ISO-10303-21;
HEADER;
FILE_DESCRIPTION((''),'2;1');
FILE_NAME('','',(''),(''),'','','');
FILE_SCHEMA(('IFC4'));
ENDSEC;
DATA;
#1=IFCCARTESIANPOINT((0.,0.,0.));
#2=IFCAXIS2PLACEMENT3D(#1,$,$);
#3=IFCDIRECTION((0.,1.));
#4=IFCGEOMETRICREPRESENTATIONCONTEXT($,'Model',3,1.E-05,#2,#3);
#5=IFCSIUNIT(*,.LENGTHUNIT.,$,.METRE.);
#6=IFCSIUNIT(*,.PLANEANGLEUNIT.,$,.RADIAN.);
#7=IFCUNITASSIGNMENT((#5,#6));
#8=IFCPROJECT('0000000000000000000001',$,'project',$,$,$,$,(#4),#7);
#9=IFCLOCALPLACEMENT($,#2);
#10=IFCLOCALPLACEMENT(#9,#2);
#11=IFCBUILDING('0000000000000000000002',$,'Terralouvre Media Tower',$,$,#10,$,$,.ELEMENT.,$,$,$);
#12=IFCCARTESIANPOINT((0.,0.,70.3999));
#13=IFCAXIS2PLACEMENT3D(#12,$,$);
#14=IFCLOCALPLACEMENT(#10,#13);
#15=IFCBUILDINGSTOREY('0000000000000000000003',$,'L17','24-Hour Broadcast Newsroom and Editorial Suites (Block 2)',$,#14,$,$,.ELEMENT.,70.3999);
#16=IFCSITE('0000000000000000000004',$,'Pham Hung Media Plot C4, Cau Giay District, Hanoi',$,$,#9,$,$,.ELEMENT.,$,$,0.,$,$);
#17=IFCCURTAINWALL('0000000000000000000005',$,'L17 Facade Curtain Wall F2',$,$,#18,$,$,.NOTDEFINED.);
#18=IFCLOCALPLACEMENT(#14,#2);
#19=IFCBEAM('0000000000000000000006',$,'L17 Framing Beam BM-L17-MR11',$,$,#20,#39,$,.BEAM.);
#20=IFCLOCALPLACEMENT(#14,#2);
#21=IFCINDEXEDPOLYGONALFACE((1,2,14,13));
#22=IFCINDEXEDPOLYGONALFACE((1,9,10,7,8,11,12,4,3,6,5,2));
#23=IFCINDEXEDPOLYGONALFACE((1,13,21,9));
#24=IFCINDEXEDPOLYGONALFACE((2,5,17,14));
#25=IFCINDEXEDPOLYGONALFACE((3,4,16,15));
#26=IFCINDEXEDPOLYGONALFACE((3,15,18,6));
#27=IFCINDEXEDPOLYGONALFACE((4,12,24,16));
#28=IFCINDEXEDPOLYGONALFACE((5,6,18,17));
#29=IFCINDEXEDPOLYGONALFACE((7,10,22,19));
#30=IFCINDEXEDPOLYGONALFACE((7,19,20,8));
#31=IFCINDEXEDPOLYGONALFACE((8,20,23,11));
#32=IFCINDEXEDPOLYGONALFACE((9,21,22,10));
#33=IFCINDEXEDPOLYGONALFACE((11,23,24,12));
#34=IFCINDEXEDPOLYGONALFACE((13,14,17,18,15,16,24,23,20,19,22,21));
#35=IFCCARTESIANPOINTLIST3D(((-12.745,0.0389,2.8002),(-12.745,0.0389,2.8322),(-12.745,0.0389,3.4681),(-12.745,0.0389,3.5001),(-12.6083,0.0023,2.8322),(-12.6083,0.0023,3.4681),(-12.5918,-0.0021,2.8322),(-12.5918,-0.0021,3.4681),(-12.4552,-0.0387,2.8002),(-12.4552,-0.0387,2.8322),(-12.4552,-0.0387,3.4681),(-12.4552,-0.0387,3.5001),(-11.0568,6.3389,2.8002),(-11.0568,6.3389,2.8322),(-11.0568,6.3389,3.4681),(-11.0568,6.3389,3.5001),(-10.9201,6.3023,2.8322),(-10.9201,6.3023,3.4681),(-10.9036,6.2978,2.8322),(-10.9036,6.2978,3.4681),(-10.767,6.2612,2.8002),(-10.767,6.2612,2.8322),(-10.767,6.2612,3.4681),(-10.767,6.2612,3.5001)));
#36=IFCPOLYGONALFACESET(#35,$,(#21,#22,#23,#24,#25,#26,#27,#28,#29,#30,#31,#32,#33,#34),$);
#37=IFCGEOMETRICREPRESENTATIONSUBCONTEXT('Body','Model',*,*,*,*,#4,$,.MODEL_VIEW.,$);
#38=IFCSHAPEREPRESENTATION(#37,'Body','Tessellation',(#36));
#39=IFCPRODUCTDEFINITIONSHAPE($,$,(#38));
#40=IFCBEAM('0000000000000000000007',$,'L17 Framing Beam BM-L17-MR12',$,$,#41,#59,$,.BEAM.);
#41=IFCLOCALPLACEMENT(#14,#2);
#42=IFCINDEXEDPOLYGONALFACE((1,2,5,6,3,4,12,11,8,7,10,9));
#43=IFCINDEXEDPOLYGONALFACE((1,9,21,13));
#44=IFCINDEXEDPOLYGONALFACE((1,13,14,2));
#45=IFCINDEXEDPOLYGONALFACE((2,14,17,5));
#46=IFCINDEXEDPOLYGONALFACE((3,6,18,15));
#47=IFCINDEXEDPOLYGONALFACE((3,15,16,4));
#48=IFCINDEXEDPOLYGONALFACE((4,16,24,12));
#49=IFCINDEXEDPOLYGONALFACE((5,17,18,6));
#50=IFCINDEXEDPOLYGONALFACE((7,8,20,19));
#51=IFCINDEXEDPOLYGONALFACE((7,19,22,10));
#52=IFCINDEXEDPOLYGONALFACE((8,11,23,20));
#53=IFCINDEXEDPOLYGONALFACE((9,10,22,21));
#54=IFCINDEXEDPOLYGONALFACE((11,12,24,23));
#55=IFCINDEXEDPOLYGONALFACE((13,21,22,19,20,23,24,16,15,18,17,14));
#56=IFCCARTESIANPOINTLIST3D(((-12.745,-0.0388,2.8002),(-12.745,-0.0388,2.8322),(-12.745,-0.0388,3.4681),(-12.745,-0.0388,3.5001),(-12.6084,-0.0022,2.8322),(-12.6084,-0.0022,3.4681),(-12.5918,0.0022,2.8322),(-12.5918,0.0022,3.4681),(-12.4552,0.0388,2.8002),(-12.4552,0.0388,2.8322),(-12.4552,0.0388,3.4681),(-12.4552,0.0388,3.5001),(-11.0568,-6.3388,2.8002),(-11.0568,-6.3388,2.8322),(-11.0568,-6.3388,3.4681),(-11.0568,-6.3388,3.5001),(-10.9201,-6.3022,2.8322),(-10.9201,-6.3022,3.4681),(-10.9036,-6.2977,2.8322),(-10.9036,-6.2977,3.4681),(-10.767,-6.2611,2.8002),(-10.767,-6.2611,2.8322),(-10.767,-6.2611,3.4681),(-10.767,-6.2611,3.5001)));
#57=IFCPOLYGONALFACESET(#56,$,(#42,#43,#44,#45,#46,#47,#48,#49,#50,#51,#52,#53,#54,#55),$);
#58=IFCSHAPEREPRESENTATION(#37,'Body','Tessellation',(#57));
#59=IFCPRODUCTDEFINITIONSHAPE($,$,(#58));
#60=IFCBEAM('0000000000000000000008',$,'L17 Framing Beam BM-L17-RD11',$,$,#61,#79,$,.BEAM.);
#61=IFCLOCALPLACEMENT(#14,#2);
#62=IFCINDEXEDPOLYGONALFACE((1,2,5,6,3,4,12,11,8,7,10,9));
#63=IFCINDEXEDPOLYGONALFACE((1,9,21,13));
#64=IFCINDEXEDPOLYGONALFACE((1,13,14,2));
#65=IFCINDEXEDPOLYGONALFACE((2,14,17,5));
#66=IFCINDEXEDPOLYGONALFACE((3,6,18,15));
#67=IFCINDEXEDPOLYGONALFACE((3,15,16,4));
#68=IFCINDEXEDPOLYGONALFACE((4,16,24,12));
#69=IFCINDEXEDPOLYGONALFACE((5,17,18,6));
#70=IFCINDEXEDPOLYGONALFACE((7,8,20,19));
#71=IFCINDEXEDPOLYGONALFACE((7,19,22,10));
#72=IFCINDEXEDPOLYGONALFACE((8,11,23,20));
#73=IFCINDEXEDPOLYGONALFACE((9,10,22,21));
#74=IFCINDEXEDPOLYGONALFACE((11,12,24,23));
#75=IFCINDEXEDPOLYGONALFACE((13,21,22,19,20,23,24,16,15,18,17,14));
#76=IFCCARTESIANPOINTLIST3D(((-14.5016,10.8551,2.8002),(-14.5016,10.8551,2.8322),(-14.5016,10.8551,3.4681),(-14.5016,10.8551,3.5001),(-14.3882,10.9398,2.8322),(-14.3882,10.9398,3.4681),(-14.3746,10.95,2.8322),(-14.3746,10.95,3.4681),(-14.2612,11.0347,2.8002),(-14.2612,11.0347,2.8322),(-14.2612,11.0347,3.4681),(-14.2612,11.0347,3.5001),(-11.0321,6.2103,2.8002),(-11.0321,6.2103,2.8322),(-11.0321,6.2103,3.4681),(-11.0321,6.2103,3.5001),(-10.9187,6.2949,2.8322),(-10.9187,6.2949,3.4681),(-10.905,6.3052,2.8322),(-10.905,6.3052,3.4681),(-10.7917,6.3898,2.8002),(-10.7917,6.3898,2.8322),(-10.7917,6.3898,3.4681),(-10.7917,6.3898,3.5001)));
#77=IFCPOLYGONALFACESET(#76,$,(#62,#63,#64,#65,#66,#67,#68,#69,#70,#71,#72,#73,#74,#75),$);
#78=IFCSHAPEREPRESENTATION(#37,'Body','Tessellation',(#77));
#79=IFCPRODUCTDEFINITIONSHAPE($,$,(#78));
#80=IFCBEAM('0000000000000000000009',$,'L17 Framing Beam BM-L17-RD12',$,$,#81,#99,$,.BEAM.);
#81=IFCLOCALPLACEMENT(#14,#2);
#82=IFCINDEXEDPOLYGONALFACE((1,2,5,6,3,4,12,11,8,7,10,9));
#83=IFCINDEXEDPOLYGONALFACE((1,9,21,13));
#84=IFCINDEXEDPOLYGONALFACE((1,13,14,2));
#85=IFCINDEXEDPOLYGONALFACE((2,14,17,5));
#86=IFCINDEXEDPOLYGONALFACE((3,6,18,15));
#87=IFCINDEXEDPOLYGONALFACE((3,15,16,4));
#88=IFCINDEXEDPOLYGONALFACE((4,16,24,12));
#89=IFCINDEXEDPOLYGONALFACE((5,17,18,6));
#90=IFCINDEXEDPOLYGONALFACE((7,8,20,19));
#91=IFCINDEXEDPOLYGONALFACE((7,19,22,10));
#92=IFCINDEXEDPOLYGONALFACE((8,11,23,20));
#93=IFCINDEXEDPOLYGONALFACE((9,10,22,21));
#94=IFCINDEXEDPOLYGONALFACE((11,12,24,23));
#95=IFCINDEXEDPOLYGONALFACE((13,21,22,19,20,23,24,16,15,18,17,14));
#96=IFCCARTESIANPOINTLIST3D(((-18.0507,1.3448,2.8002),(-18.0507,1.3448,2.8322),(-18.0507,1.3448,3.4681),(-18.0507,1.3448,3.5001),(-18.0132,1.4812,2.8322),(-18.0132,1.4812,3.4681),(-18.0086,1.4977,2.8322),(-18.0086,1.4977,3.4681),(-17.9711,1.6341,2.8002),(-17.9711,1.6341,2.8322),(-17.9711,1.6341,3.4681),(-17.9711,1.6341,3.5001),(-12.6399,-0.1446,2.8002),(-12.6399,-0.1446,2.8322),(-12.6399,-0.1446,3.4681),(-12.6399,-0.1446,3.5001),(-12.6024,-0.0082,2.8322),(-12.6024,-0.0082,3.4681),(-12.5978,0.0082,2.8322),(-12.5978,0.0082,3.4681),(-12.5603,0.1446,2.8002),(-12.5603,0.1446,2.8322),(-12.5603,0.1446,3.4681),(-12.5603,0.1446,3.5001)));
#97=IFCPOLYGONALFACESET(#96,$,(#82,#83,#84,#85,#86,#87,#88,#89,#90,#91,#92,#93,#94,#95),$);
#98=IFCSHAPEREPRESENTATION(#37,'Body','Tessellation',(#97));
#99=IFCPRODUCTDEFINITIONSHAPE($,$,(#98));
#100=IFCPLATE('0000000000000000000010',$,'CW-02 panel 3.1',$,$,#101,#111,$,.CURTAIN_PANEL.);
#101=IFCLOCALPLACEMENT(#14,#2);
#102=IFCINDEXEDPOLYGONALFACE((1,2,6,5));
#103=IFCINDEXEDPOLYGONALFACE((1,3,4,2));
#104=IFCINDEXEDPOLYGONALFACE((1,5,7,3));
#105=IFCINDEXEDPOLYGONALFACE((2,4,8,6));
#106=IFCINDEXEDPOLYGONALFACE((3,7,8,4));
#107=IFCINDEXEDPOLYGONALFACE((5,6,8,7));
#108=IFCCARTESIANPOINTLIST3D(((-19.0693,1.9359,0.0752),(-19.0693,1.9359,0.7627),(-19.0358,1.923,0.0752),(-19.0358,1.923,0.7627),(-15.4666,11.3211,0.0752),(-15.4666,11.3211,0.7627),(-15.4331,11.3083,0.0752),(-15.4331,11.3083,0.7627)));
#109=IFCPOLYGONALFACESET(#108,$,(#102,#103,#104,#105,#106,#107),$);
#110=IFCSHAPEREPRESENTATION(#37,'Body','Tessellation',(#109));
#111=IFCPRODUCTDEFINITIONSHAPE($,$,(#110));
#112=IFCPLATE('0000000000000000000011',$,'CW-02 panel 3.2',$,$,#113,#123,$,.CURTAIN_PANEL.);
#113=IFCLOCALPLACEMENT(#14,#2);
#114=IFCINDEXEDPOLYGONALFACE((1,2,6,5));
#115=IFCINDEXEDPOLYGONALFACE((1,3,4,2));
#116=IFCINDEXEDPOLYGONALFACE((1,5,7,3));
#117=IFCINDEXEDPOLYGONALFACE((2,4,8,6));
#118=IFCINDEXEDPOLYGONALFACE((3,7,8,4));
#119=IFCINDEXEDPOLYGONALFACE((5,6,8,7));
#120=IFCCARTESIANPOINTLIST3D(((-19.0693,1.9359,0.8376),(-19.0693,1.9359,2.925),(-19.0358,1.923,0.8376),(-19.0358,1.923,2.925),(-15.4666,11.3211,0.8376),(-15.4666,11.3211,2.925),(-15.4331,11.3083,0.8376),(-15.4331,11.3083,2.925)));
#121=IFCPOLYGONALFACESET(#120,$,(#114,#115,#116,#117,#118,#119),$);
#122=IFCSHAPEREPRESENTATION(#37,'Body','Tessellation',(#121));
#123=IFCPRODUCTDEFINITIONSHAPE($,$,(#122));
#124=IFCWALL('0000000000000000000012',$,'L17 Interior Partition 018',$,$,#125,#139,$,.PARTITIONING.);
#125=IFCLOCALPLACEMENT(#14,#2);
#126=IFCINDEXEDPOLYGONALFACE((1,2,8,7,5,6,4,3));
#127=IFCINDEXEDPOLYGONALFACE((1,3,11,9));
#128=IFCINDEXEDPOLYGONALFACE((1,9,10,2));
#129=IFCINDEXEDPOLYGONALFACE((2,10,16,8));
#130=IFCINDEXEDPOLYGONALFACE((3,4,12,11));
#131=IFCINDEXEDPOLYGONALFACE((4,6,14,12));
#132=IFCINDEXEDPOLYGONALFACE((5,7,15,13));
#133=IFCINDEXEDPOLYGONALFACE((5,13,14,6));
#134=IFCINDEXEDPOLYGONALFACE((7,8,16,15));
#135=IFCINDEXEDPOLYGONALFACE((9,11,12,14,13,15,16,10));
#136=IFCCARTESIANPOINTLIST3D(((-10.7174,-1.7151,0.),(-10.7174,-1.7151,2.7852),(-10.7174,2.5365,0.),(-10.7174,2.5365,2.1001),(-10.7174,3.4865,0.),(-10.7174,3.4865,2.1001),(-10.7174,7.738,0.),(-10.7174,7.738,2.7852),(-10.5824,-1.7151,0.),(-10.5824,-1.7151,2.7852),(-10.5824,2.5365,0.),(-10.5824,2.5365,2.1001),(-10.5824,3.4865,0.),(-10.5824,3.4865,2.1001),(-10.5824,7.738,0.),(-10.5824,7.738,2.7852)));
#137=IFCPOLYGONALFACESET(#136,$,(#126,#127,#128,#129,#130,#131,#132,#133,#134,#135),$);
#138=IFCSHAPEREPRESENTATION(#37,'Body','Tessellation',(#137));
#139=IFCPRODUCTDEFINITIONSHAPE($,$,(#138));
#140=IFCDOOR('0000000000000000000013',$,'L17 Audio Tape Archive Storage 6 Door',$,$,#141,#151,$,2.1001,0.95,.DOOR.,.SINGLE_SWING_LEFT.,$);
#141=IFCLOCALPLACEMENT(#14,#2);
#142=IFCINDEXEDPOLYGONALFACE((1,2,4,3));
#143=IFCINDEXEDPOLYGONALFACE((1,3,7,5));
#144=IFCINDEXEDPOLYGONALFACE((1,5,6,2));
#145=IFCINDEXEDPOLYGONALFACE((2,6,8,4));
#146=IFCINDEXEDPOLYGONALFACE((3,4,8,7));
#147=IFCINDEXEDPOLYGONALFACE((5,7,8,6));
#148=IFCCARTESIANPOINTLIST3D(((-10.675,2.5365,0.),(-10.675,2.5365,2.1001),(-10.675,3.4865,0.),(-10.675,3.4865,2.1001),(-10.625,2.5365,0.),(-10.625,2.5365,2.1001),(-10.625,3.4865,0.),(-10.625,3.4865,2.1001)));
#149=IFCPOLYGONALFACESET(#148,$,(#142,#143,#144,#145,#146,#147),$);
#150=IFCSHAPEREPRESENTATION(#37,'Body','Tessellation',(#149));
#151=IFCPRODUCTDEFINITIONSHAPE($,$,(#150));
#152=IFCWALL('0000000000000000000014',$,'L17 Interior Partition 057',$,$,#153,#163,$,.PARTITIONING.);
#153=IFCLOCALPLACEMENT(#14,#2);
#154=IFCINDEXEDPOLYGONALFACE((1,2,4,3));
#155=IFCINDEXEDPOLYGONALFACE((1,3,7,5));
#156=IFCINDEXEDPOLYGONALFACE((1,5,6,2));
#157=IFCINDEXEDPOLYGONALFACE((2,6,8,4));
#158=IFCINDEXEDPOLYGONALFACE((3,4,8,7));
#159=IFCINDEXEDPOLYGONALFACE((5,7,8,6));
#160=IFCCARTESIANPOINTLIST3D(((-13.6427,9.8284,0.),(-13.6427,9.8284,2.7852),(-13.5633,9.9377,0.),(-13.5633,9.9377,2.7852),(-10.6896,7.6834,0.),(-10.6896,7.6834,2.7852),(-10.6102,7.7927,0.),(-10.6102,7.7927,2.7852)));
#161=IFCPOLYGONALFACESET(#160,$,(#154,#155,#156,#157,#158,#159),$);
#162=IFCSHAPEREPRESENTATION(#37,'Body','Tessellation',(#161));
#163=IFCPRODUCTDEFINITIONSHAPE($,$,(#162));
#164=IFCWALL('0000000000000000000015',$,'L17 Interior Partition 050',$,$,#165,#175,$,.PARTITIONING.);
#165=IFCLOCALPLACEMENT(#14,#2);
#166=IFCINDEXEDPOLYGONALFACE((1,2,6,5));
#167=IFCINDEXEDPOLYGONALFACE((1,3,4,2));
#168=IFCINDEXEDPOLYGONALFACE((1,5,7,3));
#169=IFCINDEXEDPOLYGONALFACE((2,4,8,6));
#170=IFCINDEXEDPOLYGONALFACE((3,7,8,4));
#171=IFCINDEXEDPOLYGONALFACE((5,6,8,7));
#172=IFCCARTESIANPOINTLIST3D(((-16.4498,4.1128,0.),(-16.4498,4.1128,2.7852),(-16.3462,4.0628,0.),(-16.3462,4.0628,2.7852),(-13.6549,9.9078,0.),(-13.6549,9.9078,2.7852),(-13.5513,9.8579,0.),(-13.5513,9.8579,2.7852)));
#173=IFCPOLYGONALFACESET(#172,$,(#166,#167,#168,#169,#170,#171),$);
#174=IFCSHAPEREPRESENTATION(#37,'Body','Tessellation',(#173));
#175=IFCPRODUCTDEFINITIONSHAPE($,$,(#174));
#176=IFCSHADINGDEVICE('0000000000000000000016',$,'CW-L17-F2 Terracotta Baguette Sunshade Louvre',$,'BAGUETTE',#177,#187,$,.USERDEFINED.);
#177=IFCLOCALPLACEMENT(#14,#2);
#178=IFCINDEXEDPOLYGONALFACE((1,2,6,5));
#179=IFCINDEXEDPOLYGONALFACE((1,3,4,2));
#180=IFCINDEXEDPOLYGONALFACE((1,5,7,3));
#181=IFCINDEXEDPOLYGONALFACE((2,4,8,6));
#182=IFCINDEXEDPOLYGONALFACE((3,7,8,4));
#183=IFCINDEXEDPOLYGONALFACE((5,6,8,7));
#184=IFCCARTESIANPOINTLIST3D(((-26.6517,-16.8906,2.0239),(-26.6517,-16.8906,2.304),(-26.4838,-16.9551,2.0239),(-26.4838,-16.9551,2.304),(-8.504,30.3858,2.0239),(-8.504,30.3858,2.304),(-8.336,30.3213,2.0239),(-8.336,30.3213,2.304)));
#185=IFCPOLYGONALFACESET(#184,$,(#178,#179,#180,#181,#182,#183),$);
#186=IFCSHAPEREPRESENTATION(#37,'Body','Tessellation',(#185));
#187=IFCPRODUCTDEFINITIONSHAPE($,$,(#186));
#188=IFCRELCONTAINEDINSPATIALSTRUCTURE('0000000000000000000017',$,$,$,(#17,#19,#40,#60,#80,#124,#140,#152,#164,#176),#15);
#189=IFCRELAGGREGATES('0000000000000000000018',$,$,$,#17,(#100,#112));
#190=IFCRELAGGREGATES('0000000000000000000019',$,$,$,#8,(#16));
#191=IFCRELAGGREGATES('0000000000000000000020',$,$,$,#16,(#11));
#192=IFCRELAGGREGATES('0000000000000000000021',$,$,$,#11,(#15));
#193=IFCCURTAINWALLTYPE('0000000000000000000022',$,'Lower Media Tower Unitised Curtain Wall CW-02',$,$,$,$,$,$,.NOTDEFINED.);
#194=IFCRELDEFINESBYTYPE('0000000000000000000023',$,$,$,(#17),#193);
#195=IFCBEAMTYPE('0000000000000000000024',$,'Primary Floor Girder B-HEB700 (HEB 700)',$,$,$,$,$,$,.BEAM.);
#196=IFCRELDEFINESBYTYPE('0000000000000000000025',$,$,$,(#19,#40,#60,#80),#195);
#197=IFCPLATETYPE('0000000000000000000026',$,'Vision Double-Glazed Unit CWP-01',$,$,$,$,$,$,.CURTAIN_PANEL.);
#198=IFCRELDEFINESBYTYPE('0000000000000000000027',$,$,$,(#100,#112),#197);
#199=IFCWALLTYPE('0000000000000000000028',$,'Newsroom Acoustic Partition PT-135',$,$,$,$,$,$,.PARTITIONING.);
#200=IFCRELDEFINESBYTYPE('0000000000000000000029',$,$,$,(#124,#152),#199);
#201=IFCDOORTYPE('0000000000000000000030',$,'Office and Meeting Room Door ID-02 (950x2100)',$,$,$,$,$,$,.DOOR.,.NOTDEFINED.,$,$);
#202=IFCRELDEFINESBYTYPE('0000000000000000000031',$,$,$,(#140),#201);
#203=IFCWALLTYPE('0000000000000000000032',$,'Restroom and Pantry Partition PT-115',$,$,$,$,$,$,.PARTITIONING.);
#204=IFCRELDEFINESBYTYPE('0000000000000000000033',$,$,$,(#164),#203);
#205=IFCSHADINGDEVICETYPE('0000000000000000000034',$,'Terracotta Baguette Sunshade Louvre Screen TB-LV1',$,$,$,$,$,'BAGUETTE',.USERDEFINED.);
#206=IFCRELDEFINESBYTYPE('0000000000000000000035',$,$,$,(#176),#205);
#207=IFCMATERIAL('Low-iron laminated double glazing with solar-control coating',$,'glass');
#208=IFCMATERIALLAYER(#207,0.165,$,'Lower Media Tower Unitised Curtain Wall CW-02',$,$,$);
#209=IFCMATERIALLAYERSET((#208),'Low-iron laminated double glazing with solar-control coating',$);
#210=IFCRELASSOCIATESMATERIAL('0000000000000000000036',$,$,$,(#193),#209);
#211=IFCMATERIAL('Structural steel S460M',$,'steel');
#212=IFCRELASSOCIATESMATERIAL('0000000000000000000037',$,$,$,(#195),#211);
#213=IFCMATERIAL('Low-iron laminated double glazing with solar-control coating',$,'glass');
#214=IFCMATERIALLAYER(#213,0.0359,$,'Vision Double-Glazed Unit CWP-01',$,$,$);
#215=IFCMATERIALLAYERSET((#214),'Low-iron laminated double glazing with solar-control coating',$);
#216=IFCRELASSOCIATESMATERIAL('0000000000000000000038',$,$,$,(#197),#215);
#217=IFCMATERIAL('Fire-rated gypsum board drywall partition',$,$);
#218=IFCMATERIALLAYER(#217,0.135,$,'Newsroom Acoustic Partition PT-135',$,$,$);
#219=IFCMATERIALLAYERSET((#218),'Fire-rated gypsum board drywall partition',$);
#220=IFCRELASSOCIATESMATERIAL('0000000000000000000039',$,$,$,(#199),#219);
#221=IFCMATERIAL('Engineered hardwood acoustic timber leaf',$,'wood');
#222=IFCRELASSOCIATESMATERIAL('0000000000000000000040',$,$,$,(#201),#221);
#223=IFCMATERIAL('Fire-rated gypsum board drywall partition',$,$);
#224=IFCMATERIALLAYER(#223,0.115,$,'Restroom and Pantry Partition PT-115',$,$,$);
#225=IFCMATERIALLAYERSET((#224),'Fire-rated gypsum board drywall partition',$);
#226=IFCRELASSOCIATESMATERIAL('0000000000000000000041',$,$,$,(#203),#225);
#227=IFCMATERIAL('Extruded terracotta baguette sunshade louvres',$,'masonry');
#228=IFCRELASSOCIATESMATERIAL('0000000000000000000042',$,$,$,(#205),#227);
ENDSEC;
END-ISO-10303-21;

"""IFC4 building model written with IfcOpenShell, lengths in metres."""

from ifc_helpers import new_model, si_unit, direction, frame, frame_2d, origin, origin_2d, place, context, subcontext, project, spatial, rectangle, i_section, extrude, material, layer, layer_set, material_profile, profile_set, type_object, element, fill, aggregate, save


model = new_model("IFC4")

# Units and contexts
model_context = context("Model", 3, precision=1e-05, world=origin(), true_north=direction((0.0, 1.0)))
body_context = subcontext(model_context, "Body", "Model", "MODEL_VIEW")
ifc_project = project(units=[si_unit("LENGTHUNIT", "METRE"), si_unit("PLANEANGLEUNIT", "RADIAN")], contexts=[model_context])

# Site, building, storey
site_placement = place(None, origin())
site = spatial("IfcSite", under=ifc_project, at=site_placement, Name="Pham Hung Media Plot C4, Cau Giay District, Hanoi", CompositionType="ELEMENT", RefElevation=0.0)
building_placement = place(site_placement, origin())
building = spatial("IfcBuilding", under=site, at=building_placement, Name="Terralouvre Media Tower", CompositionType="ELEMENT")
storey_placement = place(building_placement, frame((0.0, 0.0, 70.3999)))
storey = spatial("IfcBuildingStorey", under=building, at=storey_placement, Name="L17", Description="24-Hour Broadcast Newsroom and Editorial Suites (Block 2)", CompositionType="ELEMENT", Elevation=70.3999)

# Curtain wall
ifc_material_1 = material(Name="Low-iron laminated double glazing with solar-control coating", Category="glass")
ifc_layer_1 = layer(ifc_material_1, 0.165, Name="Lower Media Tower Unitised Curtain Wall CW-02")
ifc_layer_set_1 = layer_set([ifc_layer_1], Name="Low-iron laminated double glazing with solar-control coating")
curtain_wall_type = type_object("IfcCurtainWallType", Name="Lower Media Tower Unitised Curtain Wall CW-02", PredefinedType="NOTDEFINED", material=ifc_layer_set_1)
curtain_wall_placement = place(storey_placement, origin())
curtain_wall = element("IfcCurtainWall", 1, at=curtain_wall_placement, inside=storey, type_object=curtain_wall_type, Name="L17 Facade Curtain Wall F2", PredefinedType="NOTDEFINED")

# Beams
ifc_material_2 = material(Name="Structural steel S460M", Category="steel")
ifc_material_profile_1 = material_profile(ifc_material_2, i_section(OverallWidth=0.3, OverallDepth=0.7, WebThickness=0.0171, FlangeThickness=0.032, at=origin_2d()), Name="HEB 700")
ifc_profile_set_1 = profile_set([ifc_material_profile_1], Name="Structural steel S460M")
beam_type_1 = type_object("IfcBeamType", Name="Primary Floor Girder B-HEB700 (HEB 700)", PredefinedType="BEAM", material=ifc_profile_set_1)
for number, where, z_axis, x_axis, name in (
    (2, (-10.9119, 6.3, 3.1501), (-0.258839, -0.96592, 0.0), (0.96592, -0.258839, 0.0), "L17 Framing Beam BM-L17-MR11"),
    (3, (-12.6001, 0.0, 3.1501), (0.258839, -0.96592, 0.0), (0.96592, 0.258839, 0.0), "L17 Framing Beam BM-L17-MR12"),
):
    element("IfcBeam", number, at=place(storey_placement, frame(where, z_axis=z_axis, x_axis=x_axis)), inside=storey, type_object=beam_type_1, Name=name, PredefinedType="BEAM", context=body_context, shape_type="SweptSolid", body=[
        extrude(i_section(OverallWidth=0.3, OverallDepth=0.7, WebThickness=0.0171, FlangeThickness=0.032, at=origin_2d()), origin(), (0.0, 0.0, 1.0), 6.5222),
    ])
beam_1_placement = place(storey_placement, frame((-10.9119, 6.3, 3.1501), z_axis=(-0.598442, 0.801166, 0.0), x_axis=(-0.801166, -0.598442, 0.0)))
element("IfcBeam", 4, at=beam_1_placement, inside=storey, type_object=beam_type_1, Name="L17 Framing Beam BM-L17-RD11", PredefinedType="BEAM", context=body_context, shape_type="SweptSolid", body=[
    extrude(i_section(OverallWidth=0.3, OverallDepth=0.7, WebThickness=0.0171, FlangeThickness=0.032, at=origin_2d()), origin(), (0.0, 0.0, 1.0), 5.7976),
])
beam_2_placement = place(storey_placement, frame((-12.6001, 0.0, 3.1501), z_axis=(-0.964137, 0.265406, 0.0), x_axis=(-0.265406, -0.964137, 0.0)))
element("IfcBeam", 5, at=beam_2_placement, inside=storey, type_object=beam_type_1, Name="L17 Framing Beam BM-L17-RD12", PredefinedType="BEAM", context=body_context, shape_type="SweptSolid", body=[
    extrude(i_section(OverallWidth=0.3, OverallDepth=0.7, WebThickness=0.0171, FlangeThickness=0.032, at=origin_2d()), origin(), (0.0, 0.0, 1.0), 5.6121),
])

# Plates
ifc_material_3 = material(Name="Low-iron laminated double glazing with solar-control coating", Category="glass")
ifc_layer_2 = layer(ifc_material_3, 0.0359, Name="Vision Double-Glazed Unit CWP-01")
ifc_layer_set_2 = layer_set([ifc_layer_2], Name="Low-iron laminated double glazing with solar-control coating")
plate_type = type_object("IfcPlateType", Name="Vision Double-Glazed Unit CWP-01", PredefinedType="CURTAIN_PANEL", material=ifc_layer_set_2)
plate_1_placement = place(storey_placement, frame((-17.2512, 6.6221, 0.0752), z_axis=(0.0, 0.0, 1.0), x_axis=(-0.358368, -0.93358, 0.0)))
plate_1 = element("IfcPlate", 6, at=plate_1_placement, type_object=plate_type, Name="CW-02 panel 3.1", PredefinedType="CURTAIN_PANEL", context=body_context, shape_type="SweptSolid", body=[
    extrude(rectangle(XDim=10.053, YDim=0.0359, at=origin_2d()), origin(), (0.0, 0.0, 1.0), 0.6875),
])
plate_2_placement = place(storey_placement, frame((-17.2512, 6.6221, 0.8376), z_axis=(0.0, 0.0, 1.0), x_axis=(-0.358368, -0.93358, 0.0)))
plate_2 = element("IfcPlate", 7, at=plate_2_placement, type_object=plate_type, Name="CW-02 panel 3.2", PredefinedType="CURTAIN_PANEL", context=body_context, shape_type="SweptSolid", body=[
    extrude(rectangle(XDim=10.053, YDim=0.0359, at=origin_2d()), origin(), (0.0, 0.0, 1.0), 2.0874),
])
aggregate(curtain_wall, [plate_1, plate_2])

# Wall, opening, door
ifc_material_4 = material(Name="Fire-rated gypsum board drywall partition")
ifc_layer_3 = layer(ifc_material_4, 0.135, Name="Newsroom Acoustic Partition PT-135")
ifc_layer_set_3 = layer_set([ifc_layer_3], Name="Fire-rated gypsum board drywall partition")
wall_type_1 = type_object("IfcWallType", Name="Newsroom Acoustic Partition PT-135", PredefinedType="PARTITIONING", material=ifc_layer_set_3)
wall_1_placement = place(storey_placement, frame((-10.6499, 7.738, 0.0), z_axis=(0.0, 0.0, 1.0), x_axis=(0.0, -1.0, 0.0)))
wall_1 = element("IfcWall", 8, at=wall_1_placement, inside=storey, type_object=wall_type_1, Name="L17 Interior Partition 018", PredefinedType="PARTITIONING", context=body_context, shape_type="SweptSolid", body=[
    extrude(rectangle(XDim=9.4531, YDim=0.135, at=frame_2d((4.7266, 0.0))), origin(), (0.0, 0.0, 1.0), 2.7852),
])
opening_placement = place(wall_1_placement, frame((4.2515, 0.0, 0.0)))
opening = element("IfcOpeningElement", 9, at=opening_placement, cuts=wall_1, PredefinedType="OPENING", context=body_context, shape_type="SweptSolid", body=[
    extrude(rectangle(XDim=0.95, YDim=2.1001, at=frame_2d((0.4751, 1.05))), frame((0.0, 0.0774, 0.0), z_axis=(0.0, -1.0, 0.0), x_axis=(1.0, 0.0, 0.0)), (0.0, 0.0, 1.0), 0.155),
])
ifc_material_5 = material(Name="Engineered hardwood acoustic timber leaf", Category="wood")
door_type = type_object("IfcDoorType", Name="Office and Meeting Room Door ID-02 (950x2100)", OperationType="NOTDEFINED", PredefinedType="DOOR", material=ifc_material_5)
door_placement = place(opening_placement, origin())
door = element("IfcDoor", 10, at=door_placement, inside=storey, type_object=door_type, Name="L17 Audio Tape Archive Storage 6 Door", OperationType="SINGLE_SWING_LEFT", OverallHeight=2.1001, OverallWidth=0.95, PredefinedType="DOOR", context=body_context, shape_type="SweptSolid", body=[
    extrude(rectangle(XDim=0.95, YDim=2.1001, at=frame_2d((0.4751, 1.05))), frame((0.0, 0.0249, 0.0), z_axis=(0.0, -1.0, 0.0), x_axis=(1.0, 0.0, 0.0)), (0.0, 0.0, 1.0), 0.05),
])
fill(opening, door)

# Walls
wall_2_placement = place(storey_placement, frame((-10.6499, 7.738, 0.0), z_axis=(0.0, 0.0, 1.0), x_axis=(-0.809089, 0.587686, 0.0)))
element("IfcWall", 11, at=wall_2_placement, inside=storey, type_object=wall_type_1, Name="L17 Interior Partition 057", PredefinedType="PARTITIONING", context=body_context, shape_type="SweptSolid", body=[
    extrude(rectangle(XDim=3.6499, YDim=0.135, at=frame_2d((1.825, 0.0))), origin(), (0.0, 0.0, 1.0), 2.7852),
])
ifc_material_6 = material(Name="Fire-rated gypsum board drywall partition")
ifc_layer_4 = layer(ifc_material_6, 0.115, Name="Restroom and Pantry Partition PT-115")
ifc_layer_set_4 = layer_set([ifc_layer_4], Name="Fire-rated gypsum board drywall partition")
wall_type_2 = type_object("IfcWallType", Name="Restroom and Pantry Partition PT-115", PredefinedType="PARTITIONING", material=ifc_layer_set_4)
wall_3_placement = place(storey_placement, frame((-16.3979, 4.0879, 0.0), z_axis=(0.0, 0.0, 1.0), x_axis=(0.434403, 0.900719, 0.0)))
element("IfcWall", 12, at=wall_3_placement, inside=storey, type_object=wall_type_2, Name="L17 Interior Partition 050", PredefinedType="PARTITIONING", context=body_context, shape_type="SweptSolid", body=[
    extrude(rectangle(XDim=6.4338, YDim=0.115, at=frame_2d((3.2168, 0.0))), origin(), (0.0, 0.0, 1.0), 2.7852),
])

# Shading device
ifc_material_7 = material(Name="Extruded terracotta baguette sunshade louvres", Category="masonry")
shading_device_type = type_object("IfcShadingDeviceType", Name="Terracotta Baguette Sunshade Louvre Screen TB-LV1", ElementType="BAGUETTE", PredefinedType="USERDEFINED", material=ifc_material_7)
shading_device_placement = place(storey_placement, frame((-17.4939, 6.7153, 2.0239), z_axis=(0.0, 0.0, 1.0), x_axis=(-0.358368, -0.93358, 0.0)))
element("IfcShadingDevice", 13, at=shading_device_placement, inside=storey, type_object=shading_device_type, Name="CW-L17-F2 Terracotta Baguette Sunshade Louvre", ObjectType="BAGUETTE", PredefinedType="USERDEFINED", context=body_context, shape_type="SweptSolid", body=[
    extrude(rectangle(XDim=50.6399, YDim=0.1799, at=origin_2d()), origin(), (0.0, 0.0, 1.0), 0.28),
])

save(model, "model.ifc")
